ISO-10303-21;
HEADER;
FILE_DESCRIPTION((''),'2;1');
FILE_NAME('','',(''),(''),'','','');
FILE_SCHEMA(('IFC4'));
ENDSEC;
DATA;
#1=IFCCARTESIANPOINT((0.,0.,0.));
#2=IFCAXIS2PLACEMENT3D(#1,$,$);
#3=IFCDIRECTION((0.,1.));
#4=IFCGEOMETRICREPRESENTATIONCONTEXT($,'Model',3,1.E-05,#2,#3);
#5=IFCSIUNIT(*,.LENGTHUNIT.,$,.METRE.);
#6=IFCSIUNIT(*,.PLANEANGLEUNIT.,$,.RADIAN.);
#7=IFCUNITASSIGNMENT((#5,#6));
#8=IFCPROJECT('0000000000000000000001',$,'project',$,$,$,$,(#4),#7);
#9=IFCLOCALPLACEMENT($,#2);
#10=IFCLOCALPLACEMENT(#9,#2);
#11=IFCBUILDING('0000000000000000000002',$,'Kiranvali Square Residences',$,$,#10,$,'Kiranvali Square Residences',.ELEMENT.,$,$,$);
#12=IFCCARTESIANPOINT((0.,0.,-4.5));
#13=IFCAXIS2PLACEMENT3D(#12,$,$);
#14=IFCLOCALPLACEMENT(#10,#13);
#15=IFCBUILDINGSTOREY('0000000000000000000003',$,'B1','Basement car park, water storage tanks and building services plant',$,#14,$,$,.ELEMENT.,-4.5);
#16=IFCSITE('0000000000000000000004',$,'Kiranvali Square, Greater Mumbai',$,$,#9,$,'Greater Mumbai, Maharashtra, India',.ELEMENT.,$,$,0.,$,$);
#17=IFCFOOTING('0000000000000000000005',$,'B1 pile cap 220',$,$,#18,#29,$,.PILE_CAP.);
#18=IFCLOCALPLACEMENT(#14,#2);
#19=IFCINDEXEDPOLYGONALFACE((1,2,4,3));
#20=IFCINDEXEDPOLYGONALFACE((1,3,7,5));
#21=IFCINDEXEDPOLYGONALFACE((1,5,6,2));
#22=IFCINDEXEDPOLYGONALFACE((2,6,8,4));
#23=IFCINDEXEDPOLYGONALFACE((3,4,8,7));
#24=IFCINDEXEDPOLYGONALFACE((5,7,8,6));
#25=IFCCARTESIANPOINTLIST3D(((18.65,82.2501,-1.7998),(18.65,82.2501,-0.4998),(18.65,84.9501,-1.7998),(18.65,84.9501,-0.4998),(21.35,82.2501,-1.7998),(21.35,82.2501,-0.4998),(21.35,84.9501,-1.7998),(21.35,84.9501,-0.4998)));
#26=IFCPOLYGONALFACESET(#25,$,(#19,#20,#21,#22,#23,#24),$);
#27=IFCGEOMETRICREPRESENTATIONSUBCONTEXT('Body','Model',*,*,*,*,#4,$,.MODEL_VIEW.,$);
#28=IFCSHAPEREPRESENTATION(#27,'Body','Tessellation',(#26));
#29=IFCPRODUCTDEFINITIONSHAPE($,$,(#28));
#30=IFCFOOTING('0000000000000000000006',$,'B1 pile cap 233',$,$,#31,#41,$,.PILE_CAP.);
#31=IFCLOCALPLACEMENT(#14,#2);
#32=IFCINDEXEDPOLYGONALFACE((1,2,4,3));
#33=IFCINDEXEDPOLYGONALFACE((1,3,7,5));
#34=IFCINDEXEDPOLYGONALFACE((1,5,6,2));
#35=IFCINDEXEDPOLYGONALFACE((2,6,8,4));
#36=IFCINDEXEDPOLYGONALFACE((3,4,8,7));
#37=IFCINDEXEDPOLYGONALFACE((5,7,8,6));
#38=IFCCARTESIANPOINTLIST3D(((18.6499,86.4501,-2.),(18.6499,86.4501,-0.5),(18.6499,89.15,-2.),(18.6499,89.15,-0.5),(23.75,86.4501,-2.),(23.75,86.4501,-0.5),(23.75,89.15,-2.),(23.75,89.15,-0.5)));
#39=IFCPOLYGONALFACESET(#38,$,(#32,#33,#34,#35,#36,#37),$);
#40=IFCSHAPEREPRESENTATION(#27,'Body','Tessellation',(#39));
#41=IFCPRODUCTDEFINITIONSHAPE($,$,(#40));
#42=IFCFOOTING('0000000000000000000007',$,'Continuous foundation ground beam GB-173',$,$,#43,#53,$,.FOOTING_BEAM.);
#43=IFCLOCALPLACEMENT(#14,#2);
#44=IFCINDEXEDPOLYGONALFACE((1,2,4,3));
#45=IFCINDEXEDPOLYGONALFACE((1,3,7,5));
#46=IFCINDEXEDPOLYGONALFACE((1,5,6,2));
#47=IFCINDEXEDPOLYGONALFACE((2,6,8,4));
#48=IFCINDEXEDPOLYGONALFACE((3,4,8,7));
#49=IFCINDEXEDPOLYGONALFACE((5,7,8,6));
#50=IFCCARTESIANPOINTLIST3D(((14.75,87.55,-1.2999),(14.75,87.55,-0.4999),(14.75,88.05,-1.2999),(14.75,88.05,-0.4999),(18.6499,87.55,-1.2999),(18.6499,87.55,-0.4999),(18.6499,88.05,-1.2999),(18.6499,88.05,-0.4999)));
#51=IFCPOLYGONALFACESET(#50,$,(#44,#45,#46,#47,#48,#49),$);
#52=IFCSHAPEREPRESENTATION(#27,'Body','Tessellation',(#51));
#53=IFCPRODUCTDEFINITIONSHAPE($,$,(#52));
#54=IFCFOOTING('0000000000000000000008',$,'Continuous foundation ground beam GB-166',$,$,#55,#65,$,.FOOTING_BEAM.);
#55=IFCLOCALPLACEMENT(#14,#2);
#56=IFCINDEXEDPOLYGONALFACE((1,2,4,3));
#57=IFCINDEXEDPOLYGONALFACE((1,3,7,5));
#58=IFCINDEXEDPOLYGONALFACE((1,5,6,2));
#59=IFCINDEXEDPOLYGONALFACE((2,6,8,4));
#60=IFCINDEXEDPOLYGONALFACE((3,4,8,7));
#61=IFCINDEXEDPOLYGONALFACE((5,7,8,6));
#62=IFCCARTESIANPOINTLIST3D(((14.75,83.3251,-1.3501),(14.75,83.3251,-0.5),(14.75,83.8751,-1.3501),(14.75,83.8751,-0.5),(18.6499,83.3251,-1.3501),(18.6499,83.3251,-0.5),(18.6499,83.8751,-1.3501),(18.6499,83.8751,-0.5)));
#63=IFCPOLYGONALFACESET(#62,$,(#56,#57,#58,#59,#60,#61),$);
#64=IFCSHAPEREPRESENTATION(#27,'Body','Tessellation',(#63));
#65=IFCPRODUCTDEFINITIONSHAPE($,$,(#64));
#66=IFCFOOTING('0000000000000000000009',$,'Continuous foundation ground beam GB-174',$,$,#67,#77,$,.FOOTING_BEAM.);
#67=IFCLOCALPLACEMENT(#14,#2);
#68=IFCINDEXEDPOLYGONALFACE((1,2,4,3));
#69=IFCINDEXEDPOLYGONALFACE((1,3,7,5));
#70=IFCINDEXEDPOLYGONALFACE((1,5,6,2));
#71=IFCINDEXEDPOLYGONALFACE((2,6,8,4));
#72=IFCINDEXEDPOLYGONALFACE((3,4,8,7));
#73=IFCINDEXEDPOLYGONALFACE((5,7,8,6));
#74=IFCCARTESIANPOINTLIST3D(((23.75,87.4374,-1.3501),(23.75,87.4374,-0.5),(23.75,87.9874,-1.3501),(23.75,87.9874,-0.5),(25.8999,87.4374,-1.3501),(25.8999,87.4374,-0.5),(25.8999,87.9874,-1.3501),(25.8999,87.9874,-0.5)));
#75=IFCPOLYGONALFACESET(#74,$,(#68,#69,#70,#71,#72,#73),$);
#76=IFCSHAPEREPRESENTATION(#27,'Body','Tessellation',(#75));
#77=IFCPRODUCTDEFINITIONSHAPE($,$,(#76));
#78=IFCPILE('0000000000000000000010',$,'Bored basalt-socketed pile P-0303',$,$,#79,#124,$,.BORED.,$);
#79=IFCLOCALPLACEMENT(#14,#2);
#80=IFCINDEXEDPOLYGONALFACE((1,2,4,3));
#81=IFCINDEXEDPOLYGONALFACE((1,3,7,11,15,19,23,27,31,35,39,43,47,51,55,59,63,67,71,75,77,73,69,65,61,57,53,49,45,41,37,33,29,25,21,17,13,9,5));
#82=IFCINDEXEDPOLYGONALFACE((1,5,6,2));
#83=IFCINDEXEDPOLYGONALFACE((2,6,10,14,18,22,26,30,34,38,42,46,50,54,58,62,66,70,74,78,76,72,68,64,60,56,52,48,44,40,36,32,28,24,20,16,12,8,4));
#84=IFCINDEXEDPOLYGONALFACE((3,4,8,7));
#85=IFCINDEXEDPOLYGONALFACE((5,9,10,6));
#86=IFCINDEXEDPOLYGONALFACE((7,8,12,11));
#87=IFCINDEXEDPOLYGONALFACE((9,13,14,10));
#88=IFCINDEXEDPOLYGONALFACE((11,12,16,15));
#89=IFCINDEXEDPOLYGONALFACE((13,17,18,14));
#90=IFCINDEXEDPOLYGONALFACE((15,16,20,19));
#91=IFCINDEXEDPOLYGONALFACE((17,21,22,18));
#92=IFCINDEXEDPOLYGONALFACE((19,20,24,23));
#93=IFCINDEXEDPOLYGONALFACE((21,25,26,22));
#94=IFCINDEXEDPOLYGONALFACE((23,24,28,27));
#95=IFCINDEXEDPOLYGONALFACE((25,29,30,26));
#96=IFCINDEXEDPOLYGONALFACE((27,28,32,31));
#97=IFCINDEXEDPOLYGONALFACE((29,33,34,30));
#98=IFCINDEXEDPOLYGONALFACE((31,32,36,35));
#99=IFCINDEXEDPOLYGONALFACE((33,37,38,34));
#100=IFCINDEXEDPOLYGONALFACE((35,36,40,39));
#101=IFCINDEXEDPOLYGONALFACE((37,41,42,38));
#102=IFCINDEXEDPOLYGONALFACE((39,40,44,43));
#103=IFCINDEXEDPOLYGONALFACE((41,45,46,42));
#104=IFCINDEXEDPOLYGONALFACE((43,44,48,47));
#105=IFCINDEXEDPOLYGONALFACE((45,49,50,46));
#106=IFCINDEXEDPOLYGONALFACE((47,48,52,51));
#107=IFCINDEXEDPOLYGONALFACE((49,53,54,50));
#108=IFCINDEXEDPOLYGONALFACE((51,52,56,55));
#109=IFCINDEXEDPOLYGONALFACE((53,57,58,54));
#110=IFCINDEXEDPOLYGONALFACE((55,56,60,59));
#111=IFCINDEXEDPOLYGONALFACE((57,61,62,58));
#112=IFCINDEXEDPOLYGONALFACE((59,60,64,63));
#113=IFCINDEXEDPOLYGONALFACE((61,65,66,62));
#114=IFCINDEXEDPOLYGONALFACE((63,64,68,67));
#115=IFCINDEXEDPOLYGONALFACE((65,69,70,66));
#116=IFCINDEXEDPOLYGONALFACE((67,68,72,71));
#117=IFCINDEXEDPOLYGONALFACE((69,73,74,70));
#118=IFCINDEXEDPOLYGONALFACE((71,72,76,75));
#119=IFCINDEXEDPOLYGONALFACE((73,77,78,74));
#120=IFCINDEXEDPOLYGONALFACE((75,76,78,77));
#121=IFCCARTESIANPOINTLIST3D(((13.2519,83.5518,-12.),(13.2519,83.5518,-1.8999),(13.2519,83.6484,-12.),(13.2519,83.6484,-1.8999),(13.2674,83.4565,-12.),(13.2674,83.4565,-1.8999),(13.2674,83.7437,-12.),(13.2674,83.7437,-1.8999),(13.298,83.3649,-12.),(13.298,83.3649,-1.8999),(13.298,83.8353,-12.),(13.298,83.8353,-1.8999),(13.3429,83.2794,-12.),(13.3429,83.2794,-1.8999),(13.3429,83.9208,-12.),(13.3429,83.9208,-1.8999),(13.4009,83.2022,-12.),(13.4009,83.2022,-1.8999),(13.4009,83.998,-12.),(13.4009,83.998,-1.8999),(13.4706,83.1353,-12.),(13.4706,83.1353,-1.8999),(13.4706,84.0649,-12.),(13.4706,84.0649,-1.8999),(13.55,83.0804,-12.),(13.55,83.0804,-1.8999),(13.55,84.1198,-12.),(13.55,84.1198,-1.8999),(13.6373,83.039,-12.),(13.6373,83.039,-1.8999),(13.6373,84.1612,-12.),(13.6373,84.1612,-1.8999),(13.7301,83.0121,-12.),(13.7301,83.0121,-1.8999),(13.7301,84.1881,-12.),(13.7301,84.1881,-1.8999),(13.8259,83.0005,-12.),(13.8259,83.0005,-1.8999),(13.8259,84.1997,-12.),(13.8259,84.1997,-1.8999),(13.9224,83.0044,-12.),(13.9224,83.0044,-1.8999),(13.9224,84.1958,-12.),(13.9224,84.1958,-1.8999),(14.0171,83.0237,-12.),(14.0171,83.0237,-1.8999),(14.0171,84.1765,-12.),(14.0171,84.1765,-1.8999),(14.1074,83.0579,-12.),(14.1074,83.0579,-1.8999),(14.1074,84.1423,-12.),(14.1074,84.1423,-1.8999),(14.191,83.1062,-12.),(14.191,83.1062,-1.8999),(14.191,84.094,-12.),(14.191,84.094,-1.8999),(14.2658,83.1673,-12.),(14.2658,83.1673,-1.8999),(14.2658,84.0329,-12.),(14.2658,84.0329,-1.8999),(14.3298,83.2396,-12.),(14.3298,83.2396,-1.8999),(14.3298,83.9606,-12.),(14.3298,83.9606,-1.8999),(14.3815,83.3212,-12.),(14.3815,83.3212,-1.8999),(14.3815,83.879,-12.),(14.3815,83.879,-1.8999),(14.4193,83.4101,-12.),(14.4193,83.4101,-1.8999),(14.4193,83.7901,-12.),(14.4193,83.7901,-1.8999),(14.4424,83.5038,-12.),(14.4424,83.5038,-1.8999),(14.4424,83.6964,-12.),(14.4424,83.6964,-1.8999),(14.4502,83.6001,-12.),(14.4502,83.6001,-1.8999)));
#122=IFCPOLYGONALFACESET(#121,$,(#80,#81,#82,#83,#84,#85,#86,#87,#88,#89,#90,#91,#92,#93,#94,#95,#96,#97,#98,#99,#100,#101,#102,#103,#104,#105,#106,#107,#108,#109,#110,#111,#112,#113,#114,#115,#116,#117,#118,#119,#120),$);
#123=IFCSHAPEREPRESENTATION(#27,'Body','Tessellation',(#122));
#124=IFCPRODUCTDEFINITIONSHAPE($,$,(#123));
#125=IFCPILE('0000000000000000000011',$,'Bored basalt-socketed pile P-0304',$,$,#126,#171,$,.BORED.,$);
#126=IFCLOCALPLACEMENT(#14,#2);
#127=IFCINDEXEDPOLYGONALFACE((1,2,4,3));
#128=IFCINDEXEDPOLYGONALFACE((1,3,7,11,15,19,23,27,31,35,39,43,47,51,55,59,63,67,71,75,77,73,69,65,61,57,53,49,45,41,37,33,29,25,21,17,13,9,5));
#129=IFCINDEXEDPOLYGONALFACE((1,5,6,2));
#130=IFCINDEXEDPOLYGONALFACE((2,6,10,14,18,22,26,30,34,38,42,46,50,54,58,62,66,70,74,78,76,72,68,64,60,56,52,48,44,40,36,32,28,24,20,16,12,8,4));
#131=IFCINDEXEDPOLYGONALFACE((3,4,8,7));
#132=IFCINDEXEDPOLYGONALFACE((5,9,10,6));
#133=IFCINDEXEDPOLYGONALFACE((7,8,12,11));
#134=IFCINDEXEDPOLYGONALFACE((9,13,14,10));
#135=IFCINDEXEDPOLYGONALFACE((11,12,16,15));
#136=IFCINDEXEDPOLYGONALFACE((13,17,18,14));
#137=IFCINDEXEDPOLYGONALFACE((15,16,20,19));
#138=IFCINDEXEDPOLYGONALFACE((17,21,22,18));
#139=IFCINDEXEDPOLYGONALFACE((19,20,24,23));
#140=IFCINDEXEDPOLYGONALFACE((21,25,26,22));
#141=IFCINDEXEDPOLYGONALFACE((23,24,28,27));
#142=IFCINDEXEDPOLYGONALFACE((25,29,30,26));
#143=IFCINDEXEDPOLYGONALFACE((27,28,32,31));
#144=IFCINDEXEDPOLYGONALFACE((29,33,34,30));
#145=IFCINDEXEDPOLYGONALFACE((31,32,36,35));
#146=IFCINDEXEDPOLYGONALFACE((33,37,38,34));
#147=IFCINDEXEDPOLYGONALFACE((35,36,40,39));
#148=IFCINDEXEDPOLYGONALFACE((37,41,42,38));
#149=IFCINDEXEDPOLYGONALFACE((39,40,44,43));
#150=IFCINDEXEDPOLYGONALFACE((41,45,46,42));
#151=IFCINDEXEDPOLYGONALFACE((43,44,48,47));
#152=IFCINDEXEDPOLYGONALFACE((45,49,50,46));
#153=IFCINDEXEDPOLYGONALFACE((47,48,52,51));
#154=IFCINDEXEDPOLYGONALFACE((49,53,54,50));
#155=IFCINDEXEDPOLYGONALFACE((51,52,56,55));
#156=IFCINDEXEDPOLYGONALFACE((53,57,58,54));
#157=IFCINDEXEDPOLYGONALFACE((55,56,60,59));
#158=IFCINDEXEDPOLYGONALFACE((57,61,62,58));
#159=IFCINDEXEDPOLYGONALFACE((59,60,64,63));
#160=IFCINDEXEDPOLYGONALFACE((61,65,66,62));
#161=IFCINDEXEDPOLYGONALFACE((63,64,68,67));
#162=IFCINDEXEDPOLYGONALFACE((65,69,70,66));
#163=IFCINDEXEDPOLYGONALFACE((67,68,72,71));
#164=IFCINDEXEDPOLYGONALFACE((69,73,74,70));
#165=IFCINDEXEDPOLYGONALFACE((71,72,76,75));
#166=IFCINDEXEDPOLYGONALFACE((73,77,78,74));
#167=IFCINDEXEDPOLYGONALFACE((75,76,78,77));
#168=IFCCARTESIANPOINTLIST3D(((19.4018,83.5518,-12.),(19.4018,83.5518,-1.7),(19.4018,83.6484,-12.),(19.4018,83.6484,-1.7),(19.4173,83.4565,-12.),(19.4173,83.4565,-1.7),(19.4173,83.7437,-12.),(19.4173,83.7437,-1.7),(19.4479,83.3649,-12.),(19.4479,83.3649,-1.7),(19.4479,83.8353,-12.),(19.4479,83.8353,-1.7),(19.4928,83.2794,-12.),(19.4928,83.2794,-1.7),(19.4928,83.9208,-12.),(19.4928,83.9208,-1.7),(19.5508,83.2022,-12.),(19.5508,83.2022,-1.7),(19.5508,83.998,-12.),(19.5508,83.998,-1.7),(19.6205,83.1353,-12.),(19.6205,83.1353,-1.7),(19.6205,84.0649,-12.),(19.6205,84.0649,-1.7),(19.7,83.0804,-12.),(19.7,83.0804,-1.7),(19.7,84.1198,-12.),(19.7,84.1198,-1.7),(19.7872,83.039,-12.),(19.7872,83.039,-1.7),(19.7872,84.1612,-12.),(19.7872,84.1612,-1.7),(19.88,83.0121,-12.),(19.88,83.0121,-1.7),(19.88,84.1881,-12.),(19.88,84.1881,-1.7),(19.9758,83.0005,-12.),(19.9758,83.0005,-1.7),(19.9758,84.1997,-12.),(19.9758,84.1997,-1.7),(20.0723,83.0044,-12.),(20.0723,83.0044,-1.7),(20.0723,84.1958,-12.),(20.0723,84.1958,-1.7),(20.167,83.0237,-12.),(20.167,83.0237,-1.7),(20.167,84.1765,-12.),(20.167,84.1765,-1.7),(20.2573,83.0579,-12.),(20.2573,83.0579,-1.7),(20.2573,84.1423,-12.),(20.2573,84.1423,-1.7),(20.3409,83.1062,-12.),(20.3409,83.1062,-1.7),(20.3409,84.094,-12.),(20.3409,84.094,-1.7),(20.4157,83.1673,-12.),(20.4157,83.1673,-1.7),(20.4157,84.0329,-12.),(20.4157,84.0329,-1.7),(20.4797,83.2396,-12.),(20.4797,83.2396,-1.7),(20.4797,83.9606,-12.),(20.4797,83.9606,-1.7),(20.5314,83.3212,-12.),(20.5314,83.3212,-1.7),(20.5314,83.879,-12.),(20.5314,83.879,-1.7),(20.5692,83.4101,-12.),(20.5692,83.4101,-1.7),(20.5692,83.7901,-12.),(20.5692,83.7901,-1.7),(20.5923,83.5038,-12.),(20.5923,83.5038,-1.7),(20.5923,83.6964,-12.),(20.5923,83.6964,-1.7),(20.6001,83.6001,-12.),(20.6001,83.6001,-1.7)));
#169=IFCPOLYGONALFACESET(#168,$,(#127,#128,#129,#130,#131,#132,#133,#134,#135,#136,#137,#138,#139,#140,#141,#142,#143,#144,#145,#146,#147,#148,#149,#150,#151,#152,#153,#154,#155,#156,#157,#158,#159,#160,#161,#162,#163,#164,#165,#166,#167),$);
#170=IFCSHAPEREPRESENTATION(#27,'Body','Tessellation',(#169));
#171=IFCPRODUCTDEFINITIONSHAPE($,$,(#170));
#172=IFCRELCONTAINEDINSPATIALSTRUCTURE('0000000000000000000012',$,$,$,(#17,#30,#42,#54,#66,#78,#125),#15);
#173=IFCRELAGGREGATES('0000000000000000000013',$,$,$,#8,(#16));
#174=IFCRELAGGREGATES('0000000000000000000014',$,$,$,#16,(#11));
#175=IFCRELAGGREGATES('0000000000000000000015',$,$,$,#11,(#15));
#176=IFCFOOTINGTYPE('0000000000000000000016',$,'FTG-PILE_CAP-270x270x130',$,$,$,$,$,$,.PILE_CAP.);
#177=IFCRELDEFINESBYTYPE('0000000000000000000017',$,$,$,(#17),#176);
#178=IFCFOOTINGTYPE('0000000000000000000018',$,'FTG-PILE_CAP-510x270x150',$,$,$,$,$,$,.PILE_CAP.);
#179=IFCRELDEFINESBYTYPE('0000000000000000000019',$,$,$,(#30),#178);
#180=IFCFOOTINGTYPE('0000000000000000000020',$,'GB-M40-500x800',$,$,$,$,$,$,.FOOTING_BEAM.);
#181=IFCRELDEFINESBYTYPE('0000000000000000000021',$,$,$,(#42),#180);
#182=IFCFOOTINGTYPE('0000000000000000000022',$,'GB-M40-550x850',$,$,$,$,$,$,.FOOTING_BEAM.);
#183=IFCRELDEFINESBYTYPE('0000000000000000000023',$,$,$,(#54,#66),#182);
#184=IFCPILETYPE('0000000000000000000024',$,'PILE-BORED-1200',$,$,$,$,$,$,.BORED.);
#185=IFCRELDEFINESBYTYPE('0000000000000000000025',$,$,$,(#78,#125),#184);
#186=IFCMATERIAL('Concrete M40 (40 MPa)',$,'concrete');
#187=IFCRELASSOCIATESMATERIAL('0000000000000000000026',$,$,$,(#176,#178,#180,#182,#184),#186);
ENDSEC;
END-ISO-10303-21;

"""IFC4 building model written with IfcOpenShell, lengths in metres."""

from ifc_helpers import new_model, si_unit, direction, frame, origin, origin_2d, place, context, subcontext, project, spatial, rectangle, circle, extrude, material, material_profile, profile_set, type_object, element, save


model = new_model("IFC4")

# Units and contexts
model_context = context("Model", 3, precision=1e-05, world=origin(), true_north=direction((0.0, 1.0)))
body_context = subcontext(model_context, "Body", "Model", "MODEL_VIEW")
ifc_project = project(units=[si_unit("LENGTHUNIT", "METRE"), si_unit("PLANEANGLEUNIT", "RADIAN")], contexts=[model_context])

# Site, building, storey
site_placement = place(None, origin())
site = spatial("IfcSite", under=ifc_project, at=site_placement, Name="Kiranvali Square, Greater Mumbai", LongName="Greater Mumbai, Maharashtra, India", CompositionType="ELEMENT", RefElevation=0.0)
building_placement = place(site_placement, origin())
building = spatial("IfcBuilding", under=site, at=building_placement, Name="Kiranvali Square Residences", LongName="Kiranvali Square Residences", CompositionType="ELEMENT")
storey_placement = place(building_placement, frame((0.0, 0.0, -4.5)))
storey = spatial("IfcBuildingStorey", under=building, at=storey_placement, Name="B1", Description="Basement car park, water storage tanks and building services plant", CompositionType="ELEMENT", Elevation=-4.5)

# Footings
ifc_material_1 = material(Name="Concrete M40 (40 MPa)", Category="concrete")
footing_type_1 = type_object("IfcFootingType", Name="FTG-PILE_CAP-270x270x130", PredefinedType="PILE_CAP", material=ifc_material_1)
footing_1_placement = place(storey_placement, frame((20.0, 83.6001, -1.7998), z_axis=(0.0, 0.0, 1.0), x_axis=(1.0, 0.0, 0.0)))
element("IfcFooting", 1, at=footing_1_placement, inside=storey, type_object=footing_type_1, Name="B1 pile cap 220", PredefinedType="PILE_CAP", context=body_context, shape_type="SweptSolid", body=[
    extrude(rectangle(XDim=2.7, YDim=2.7, at=origin_2d()), origin(), (0.0, 0.0, 1.0), 1.3),
])
footing_type_2 = type_object("IfcFootingType", Name="FTG-PILE_CAP-510x270x150", PredefinedType="PILE_CAP", material=ifc_material_1)
footing_2_placement = place(storey_placement, frame((21.2, 87.8, -2.0), z_axis=(0.0, 0.0, 1.0), x_axis=(1.0, 0.0, 0.0)))
element("IfcFooting", 2, at=footing_2_placement, inside=storey, type_object=footing_type_2, Name="B1 pile cap 233", PredefinedType="PILE_CAP", context=body_context, shape_type="SweptSolid", body=[
    extrude(rectangle(XDim=5.1001, YDim=2.7, at=origin_2d()), origin(), (0.0, 0.0, 1.0), 1.5),
])
ifc_material_profile_1 = material_profile(ifc_material_1, rectangle(XDim=0.5, YDim=0.8, at=origin_2d()), Name="GB 500x800")
ifc_profile_set_1 = profile_set([ifc_material_profile_1], Name="Concrete M40 (40 MPa)")
footing_type_3 = type_object("IfcFootingType", Name="GB-M40-500x800", PredefinedType="FOOTING_BEAM", material=ifc_profile_set_1)
footing_3_placement = place(storey_placement, frame((14.75, 87.8, -0.8999), z_axis=(1.0, 0.0, 0.0), x_axis=(0.0, 1.0, 0.0)))
element("IfcFooting", 3, at=footing_3_placement, inside=storey, type_object=footing_type_3, Name="Continuous foundation ground beam GB-173", PredefinedType="FOOTING_BEAM", context=body_context, shape_type="SweptSolid", body=[
    extrude(rectangle(XDim=0.5, YDim=0.8, at=origin_2d()), origin(), (0.0, 0.0, 1.0), 3.8999),
])
ifc_material_profile_2 = material_profile(ifc_material_1, rectangle(XDim=0.55, YDim=0.8501, at=origin_2d()), Name="GB 550x850")
ifc_profile_set_2 = profile_set([ifc_material_profile_2], Name="Concrete M40 (40 MPa)")
footing_type_4 = type_object("IfcFootingType", Name="GB-M40-550x850", PredefinedType="FOOTING_BEAM", material=ifc_profile_set_2)
footing_4_placement = place(storey_placement, frame((14.75, 83.6001, -0.925), z_axis=(1.0, 0.0, 0.0), x_axis=(0.0, 1.0, 0.0)))
element("IfcFooting", 4, at=footing_4_placement, inside=storey, type_object=footing_type_4, Name="Continuous foundation ground beam GB-166", PredefinedType="FOOTING_BEAM", context=body_context, shape_type="SweptSolid", body=[
    extrude(rectangle(XDim=0.55, YDim=0.8501, at=origin_2d()), origin(), (0.0, 0.0, 1.0), 3.8999),
])
footing_5_placement = place(storey_placement, frame((23.75, 87.7124, -0.925), z_axis=(1.0, 0.0, 0.0), x_axis=(0.0, 1.0, 0.0)))
element("IfcFooting", 5, at=footing_5_placement, inside=storey, type_object=footing_type_4, Name="Continuous foundation ground beam GB-174", PredefinedType="FOOTING_BEAM", context=body_context, shape_type="SweptSolid", body=[
    extrude(rectangle(XDim=0.55, YDim=0.8501, at=origin_2d()), origin(), (0.0, 0.0, 1.0), 2.1499),
])

# Piles
ifc_material_profile_3 = material_profile(ifc_material_1, circle(Radius=0.6001, at=origin_2d()), Name="BORED PILE 1200")
ifc_profile_set_3 = profile_set([ifc_material_profile_3], Name="Concrete M40 (40 MPa)")
pile_type = type_object("IfcPileType", Name="PILE-BORED-1200", PredefinedType="BORED", material=ifc_profile_set_3)
pile_1_placement = place(storey_placement, frame((13.8501, 83.6001, -1.8999), z_axis=(0.0, 0.0, -1.0), x_axis=(1.0, 0.0, 0.0)))
element("IfcPile", 6, at=pile_1_placement, inside=storey, type_object=pile_type, Name="Bored basalt-socketed pile P-0303", PredefinedType="BORED", context=body_context, shape_type="SweptSolid", body=[
    extrude(circle(Radius=0.6001, at=origin_2d()), origin(), (0.0, 0.0, 1.0), 10.1001),
])
pile_2_placement = place(storey_placement, frame((20.0, 83.6001, -1.7), z_axis=(0.0, 0.0, -1.0), x_axis=(1.0, 0.0, 0.0)))
element("IfcPile", 7, at=pile_2_placement, inside=storey, type_object=pile_type, Name="Bored basalt-socketed pile P-0304", PredefinedType="BORED", context=body_context, shape_type="SweptSolid", body=[
    extrude(circle(Radius=0.6001, at=origin_2d()), origin(), (0.0, 0.0, 1.0), 10.3),
])

save(model, "model.ifc")
